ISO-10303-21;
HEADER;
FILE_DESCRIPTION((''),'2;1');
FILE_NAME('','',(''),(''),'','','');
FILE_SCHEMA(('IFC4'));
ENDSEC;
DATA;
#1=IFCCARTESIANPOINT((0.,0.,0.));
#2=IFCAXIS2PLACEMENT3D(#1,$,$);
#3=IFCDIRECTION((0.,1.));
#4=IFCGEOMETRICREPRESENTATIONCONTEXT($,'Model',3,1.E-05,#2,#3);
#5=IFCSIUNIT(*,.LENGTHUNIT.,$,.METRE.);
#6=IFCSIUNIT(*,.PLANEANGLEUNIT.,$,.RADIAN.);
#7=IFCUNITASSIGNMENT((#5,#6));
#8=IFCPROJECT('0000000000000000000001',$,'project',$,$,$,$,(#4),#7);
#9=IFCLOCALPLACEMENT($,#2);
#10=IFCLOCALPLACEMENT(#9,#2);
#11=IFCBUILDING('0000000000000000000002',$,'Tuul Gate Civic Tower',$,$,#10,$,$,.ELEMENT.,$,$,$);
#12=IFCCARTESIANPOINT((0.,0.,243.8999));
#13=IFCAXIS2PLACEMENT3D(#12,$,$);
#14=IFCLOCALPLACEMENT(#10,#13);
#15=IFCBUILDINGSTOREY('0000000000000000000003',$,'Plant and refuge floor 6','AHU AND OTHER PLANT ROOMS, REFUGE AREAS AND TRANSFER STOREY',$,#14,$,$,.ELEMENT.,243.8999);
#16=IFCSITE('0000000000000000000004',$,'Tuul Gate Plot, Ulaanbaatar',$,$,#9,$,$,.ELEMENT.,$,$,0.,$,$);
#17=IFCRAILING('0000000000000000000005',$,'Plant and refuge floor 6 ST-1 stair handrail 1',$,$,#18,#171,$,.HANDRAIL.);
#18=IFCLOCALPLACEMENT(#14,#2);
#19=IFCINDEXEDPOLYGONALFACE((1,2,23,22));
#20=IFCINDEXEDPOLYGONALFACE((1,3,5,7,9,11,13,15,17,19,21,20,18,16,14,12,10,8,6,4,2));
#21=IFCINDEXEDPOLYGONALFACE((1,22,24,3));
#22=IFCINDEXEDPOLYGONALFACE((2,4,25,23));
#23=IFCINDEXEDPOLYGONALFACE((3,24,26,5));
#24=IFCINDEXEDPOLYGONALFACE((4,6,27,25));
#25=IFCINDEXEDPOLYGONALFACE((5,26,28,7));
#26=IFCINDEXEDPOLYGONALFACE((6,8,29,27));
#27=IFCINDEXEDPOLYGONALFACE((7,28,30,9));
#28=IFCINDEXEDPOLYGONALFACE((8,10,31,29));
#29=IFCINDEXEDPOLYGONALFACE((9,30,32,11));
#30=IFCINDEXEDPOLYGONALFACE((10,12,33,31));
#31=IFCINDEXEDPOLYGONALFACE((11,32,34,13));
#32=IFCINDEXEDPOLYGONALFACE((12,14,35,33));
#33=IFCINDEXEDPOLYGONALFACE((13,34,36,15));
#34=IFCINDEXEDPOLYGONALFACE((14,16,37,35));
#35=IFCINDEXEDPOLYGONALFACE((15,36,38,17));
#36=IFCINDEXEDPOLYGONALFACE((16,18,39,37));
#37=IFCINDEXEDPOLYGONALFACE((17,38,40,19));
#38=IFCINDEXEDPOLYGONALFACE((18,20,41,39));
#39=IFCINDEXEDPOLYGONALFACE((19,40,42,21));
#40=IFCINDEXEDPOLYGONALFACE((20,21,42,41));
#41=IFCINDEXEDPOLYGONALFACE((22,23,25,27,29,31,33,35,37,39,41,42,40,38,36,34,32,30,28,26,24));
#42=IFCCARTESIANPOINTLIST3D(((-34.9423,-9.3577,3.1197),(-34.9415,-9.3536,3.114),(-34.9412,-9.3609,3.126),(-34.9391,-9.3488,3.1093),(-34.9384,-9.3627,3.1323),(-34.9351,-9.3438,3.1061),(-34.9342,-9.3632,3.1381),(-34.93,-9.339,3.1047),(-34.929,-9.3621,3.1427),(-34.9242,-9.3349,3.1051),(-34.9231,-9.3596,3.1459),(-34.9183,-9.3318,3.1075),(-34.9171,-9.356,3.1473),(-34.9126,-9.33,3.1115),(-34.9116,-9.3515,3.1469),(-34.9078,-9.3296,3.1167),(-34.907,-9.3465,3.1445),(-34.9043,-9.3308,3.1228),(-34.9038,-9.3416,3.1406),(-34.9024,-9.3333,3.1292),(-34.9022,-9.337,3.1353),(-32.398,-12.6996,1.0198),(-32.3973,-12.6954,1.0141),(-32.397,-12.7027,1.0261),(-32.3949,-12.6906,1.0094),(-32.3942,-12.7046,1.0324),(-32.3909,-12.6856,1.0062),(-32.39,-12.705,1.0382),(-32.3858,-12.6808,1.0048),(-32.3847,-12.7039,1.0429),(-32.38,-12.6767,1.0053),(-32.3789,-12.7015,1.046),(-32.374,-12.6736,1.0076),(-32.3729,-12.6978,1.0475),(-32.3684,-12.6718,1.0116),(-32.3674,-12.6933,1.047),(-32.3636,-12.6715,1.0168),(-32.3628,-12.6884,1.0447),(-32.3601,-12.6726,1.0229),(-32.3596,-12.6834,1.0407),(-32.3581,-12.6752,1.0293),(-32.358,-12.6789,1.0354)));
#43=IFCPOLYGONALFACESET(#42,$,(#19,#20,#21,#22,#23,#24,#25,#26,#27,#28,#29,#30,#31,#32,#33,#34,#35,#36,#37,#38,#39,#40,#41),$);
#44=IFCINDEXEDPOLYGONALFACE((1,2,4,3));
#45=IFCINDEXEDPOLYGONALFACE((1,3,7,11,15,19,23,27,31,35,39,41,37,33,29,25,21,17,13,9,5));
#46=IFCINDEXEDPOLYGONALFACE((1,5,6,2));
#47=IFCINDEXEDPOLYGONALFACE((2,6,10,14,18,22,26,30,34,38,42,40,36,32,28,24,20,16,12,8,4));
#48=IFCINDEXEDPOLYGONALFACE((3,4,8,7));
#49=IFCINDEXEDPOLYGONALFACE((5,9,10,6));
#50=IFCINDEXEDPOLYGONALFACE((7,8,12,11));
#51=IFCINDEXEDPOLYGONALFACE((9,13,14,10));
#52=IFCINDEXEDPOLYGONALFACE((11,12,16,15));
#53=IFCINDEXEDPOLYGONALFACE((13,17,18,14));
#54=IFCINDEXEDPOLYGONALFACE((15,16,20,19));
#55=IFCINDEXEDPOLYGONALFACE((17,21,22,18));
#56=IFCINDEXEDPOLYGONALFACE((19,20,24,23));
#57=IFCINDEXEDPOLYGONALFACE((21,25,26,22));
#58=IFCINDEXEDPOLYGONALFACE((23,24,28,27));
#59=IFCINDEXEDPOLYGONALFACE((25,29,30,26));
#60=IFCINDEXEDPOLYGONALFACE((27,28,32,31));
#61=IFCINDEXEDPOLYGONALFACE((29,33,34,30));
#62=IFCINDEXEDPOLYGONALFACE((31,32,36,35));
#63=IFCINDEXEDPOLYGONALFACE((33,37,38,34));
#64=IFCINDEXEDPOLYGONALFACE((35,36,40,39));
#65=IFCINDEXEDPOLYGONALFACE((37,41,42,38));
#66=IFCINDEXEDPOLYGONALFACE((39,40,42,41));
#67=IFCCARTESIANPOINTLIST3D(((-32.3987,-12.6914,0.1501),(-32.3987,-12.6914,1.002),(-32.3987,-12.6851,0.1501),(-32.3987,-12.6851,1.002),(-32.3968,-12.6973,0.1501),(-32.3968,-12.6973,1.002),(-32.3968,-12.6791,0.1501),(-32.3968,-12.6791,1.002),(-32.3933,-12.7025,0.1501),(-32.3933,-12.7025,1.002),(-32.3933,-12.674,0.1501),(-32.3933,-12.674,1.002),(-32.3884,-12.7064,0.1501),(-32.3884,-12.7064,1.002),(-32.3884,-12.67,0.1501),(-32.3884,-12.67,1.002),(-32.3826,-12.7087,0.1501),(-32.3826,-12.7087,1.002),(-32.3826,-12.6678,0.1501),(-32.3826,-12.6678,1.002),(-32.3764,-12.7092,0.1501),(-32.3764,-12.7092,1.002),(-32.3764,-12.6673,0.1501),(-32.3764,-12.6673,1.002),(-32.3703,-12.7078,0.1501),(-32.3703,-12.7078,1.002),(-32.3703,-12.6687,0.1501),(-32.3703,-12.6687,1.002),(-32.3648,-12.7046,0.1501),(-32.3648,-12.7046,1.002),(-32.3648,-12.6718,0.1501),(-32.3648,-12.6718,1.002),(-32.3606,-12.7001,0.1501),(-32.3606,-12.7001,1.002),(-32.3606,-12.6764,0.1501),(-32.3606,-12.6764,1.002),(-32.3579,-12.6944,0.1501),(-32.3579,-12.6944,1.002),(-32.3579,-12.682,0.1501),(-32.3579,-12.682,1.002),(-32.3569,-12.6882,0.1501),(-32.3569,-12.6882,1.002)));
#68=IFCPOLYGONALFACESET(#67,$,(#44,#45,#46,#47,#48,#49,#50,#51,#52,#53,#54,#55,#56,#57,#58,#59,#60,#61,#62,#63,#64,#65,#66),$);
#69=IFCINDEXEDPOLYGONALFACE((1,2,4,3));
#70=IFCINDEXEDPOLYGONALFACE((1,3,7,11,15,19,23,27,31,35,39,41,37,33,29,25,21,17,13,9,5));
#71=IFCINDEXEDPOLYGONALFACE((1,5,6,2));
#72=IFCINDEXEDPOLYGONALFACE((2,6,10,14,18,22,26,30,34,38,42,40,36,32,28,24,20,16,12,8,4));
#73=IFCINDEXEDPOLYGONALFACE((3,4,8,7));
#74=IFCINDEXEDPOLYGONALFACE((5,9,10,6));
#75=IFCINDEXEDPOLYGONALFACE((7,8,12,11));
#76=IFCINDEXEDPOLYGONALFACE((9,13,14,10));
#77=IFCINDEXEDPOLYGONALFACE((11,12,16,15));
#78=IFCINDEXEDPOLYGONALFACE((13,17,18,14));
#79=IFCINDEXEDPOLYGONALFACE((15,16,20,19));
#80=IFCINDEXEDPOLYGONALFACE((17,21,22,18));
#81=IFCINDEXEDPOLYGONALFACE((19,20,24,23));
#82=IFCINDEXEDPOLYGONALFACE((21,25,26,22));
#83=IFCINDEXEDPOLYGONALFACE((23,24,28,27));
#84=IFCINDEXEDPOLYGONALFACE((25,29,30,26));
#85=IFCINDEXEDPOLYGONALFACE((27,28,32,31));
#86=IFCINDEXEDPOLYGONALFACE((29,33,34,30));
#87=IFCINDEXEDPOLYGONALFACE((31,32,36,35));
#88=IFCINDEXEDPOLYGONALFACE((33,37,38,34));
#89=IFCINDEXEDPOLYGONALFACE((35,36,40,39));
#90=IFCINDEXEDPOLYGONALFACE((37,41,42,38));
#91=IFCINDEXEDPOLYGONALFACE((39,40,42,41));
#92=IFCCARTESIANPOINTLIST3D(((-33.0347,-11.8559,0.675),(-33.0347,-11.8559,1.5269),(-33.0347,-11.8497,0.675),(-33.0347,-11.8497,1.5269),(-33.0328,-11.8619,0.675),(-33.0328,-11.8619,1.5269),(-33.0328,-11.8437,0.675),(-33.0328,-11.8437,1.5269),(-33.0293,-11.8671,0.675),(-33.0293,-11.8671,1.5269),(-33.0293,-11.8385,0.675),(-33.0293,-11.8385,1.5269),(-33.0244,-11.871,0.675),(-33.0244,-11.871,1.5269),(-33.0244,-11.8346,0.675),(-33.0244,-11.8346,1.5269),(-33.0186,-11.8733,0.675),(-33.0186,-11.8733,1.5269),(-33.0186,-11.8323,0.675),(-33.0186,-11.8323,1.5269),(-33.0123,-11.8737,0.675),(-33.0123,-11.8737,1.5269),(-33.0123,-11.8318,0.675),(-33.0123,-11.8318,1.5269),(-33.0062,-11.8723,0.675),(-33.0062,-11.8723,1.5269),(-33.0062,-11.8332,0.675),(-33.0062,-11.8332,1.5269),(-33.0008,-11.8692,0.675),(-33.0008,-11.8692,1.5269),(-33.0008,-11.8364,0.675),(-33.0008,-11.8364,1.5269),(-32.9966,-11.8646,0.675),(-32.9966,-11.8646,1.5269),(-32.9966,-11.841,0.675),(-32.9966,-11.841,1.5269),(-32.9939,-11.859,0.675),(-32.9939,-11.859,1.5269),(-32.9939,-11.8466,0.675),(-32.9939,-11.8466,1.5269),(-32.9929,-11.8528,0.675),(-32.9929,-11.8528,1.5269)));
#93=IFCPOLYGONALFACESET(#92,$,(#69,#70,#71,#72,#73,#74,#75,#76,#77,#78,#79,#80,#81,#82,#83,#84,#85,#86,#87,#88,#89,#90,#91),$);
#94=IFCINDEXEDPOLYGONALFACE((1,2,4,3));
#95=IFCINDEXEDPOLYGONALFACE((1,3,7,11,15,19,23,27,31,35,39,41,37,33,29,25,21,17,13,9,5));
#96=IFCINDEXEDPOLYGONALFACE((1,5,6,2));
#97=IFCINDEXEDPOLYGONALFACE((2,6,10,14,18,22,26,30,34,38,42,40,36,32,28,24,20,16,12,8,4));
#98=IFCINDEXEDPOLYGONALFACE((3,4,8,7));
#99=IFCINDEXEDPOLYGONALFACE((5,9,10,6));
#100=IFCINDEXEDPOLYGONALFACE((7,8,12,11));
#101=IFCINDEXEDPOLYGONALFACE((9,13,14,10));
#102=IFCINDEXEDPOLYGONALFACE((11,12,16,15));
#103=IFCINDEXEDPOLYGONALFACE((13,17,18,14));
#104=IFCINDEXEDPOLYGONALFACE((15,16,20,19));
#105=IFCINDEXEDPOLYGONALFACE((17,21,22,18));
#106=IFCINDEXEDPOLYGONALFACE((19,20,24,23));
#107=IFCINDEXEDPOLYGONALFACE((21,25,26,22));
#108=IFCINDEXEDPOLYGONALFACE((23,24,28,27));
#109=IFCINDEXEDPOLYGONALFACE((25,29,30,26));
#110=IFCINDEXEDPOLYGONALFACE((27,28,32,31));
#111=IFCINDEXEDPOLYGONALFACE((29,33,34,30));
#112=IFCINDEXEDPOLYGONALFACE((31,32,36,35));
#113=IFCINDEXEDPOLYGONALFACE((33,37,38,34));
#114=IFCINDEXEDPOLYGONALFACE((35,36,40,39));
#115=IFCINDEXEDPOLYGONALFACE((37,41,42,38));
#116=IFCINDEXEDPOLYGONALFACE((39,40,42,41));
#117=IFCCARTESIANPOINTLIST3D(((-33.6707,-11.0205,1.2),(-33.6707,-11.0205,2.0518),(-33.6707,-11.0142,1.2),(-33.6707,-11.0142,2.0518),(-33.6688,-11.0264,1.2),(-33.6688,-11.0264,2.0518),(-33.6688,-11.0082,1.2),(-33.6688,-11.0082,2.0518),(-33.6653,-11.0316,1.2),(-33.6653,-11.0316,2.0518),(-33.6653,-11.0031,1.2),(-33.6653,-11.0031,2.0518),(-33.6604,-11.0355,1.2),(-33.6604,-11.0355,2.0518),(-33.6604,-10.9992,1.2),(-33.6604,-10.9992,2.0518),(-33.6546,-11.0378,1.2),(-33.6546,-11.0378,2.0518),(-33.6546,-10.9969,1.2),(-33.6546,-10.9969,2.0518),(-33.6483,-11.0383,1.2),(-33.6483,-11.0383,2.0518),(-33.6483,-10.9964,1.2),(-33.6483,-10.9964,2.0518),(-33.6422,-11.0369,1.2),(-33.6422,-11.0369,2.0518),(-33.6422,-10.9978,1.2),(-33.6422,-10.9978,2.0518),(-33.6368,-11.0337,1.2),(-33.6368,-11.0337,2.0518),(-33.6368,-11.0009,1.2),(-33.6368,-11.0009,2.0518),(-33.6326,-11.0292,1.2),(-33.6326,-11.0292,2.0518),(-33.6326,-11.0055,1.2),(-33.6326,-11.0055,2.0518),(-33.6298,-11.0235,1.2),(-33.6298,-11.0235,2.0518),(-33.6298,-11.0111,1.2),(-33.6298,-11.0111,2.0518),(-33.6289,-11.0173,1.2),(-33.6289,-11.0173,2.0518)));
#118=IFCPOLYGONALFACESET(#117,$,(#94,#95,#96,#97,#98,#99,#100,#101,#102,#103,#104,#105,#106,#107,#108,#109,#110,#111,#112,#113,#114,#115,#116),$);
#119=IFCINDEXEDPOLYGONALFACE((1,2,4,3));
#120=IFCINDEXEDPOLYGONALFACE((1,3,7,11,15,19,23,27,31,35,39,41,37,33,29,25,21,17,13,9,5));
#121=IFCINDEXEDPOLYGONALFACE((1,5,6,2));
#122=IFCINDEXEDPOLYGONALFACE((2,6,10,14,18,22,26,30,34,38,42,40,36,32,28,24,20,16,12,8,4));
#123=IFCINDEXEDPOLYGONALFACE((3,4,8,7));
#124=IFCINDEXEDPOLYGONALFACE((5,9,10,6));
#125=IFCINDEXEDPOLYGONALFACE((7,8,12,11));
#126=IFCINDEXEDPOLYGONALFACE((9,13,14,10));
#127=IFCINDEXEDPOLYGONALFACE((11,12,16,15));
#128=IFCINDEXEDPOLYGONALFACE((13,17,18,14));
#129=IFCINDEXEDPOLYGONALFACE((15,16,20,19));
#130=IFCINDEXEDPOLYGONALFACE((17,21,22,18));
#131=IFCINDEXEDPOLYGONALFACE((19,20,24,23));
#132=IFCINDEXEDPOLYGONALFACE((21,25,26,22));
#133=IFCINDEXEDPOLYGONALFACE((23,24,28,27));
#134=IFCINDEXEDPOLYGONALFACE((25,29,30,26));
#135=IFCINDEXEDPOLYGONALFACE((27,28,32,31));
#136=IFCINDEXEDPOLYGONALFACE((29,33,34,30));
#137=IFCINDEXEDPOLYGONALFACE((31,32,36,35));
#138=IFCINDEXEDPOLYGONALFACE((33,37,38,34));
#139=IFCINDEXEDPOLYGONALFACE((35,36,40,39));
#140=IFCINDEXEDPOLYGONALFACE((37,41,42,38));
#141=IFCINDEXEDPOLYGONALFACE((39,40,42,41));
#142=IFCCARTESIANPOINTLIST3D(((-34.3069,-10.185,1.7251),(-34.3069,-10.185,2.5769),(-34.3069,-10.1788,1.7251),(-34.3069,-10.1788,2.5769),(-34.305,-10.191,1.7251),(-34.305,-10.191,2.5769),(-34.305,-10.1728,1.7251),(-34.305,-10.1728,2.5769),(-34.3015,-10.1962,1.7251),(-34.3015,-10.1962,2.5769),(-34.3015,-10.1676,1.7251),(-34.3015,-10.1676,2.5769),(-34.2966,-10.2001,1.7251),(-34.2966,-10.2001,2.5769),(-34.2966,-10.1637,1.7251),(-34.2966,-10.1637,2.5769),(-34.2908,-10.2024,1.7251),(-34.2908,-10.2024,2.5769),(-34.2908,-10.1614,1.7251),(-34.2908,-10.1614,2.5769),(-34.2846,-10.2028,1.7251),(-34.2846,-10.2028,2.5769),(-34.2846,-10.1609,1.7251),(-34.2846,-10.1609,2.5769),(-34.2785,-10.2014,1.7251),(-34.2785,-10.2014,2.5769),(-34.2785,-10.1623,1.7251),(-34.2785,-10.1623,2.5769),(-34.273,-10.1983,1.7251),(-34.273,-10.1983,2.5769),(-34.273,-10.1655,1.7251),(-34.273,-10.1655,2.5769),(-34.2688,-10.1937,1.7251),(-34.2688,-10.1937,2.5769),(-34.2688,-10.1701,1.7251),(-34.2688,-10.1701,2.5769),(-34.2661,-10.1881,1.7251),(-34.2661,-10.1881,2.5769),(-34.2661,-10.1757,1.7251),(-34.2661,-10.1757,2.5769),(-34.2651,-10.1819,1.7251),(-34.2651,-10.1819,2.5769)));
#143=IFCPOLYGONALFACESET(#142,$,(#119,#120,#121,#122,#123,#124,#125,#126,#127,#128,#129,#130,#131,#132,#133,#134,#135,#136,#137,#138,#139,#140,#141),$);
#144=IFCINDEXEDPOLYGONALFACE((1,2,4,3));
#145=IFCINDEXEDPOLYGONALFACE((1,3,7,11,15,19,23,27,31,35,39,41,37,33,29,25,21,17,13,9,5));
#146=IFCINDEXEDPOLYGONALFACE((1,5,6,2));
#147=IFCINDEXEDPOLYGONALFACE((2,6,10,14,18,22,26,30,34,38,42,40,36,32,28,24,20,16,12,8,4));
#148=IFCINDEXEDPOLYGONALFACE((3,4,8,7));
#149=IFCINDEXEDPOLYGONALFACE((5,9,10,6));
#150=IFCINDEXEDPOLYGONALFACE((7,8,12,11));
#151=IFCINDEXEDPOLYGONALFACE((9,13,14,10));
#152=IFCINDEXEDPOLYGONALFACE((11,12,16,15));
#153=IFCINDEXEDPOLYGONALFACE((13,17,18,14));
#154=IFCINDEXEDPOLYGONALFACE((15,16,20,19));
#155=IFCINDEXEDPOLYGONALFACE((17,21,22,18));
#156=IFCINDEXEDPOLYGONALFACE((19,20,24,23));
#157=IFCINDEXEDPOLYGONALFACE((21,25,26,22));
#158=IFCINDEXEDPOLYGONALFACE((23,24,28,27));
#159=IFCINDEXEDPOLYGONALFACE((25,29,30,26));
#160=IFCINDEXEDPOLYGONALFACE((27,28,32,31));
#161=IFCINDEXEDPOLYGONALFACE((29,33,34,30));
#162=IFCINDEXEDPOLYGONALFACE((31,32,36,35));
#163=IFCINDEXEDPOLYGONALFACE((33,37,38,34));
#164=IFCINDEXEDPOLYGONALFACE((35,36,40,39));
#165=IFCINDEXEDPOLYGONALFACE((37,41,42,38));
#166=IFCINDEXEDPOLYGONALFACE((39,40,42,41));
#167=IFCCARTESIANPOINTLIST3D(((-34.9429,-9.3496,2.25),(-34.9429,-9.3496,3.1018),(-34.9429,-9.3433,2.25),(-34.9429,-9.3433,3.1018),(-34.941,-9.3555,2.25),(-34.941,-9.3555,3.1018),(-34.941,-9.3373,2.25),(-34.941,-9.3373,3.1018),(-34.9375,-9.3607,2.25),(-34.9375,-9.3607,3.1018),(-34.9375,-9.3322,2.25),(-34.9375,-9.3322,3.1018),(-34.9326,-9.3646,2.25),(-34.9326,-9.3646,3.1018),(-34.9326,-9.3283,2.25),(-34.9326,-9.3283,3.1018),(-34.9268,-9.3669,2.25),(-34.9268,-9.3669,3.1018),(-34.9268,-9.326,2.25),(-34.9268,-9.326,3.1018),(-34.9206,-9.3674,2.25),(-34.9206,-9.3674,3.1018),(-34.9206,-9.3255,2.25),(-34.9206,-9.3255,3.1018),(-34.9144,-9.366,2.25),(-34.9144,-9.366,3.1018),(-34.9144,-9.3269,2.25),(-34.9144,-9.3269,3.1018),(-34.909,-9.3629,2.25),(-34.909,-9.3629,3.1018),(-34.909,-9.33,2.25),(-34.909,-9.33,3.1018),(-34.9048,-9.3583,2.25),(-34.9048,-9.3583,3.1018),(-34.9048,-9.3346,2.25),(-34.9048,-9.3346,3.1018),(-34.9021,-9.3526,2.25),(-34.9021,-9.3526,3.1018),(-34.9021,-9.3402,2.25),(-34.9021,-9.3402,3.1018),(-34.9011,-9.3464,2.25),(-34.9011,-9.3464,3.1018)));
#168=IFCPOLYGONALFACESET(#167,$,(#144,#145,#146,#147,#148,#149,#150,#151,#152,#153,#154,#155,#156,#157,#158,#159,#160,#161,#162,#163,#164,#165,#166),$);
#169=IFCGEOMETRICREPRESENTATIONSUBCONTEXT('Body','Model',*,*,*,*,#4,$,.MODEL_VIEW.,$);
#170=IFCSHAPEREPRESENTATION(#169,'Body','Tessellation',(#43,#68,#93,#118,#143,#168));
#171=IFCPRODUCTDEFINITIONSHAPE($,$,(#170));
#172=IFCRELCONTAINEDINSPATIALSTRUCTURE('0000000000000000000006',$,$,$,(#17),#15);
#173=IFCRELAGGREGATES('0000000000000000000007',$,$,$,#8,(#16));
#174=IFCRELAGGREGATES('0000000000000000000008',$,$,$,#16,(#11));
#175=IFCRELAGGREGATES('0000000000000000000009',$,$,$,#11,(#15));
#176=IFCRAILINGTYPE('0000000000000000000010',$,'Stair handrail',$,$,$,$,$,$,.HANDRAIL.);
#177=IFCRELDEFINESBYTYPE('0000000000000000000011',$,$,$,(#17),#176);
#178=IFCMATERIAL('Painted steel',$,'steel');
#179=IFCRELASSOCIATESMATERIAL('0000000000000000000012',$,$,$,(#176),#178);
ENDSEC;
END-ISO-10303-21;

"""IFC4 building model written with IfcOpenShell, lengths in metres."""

from ifc_helpers import new_model, si_unit, direction, frame, origin, origin_2d, place, context, subcontext, project, spatial, circle, extrude, material, type_object, element, save


model = new_model("IFC4")

# Units and contexts
model_context = context("Model", 3, precision=1e-05, world=origin(), true_north=direction((0.0, 1.0)))
body_context = subcontext(model_context, "Body", "Model", "MODEL_VIEW")
ifc_project = project(units=[si_unit("LENGTHUNIT", "METRE"), si_unit("PLANEANGLEUNIT", "RADIAN")], contexts=[model_context])

# Site, building, storey
site_placement = place(None, origin())
site = spatial("IfcSite", under=ifc_project, at=site_placement, Name="Tuul Gate Plot, Ulaanbaatar", CompositionType="ELEMENT", RefElevation=0.0)
building_placement = place(site_placement, origin())
building = spatial("IfcBuilding", under=site, at=building_placement, Name="Tuul Gate Civic Tower", CompositionType="ELEMENT")
storey_placement = place(building_placement, frame((0.0, 0.0, 243.8999)))
storey = spatial("IfcBuildingStorey", under=building, at=storey_placement, Name="Plant and refuge floor 6", Description="AHU AND OTHER PLANT ROOMS, REFUGE AREAS AND TRANSFER STOREY", CompositionType="ELEMENT", Elevation=243.8999)

# Railing
ifc_material_1 = material(Name="Painted steel", Category="steel")
railing_type_1 = type_object("IfcRailingType", Name="Stair handrail", PredefinedType="HANDRAIL", material=ifc_material_1)
railing_1_placement = place(storey_placement, frame((-32.3779, -12.6882, 0.1501)))
element("IfcRailing", 1, at=railing_1_placement, inside=storey, type_object=railing_type_1, Name="Plant and refuge floor 6 ST-1 stair handrail 1", PredefinedType="HANDRAIL", context=body_context, shape_type="SweptSolid", body=[
    extrude(circle(Radius=0.0239, at=origin_2d()), frame((0.0, 0.0, 0.876), z_axis=(-0.541809, 0.711667, 0.447184), x_axis=(-0.795655, -0.605751, 0.0)), (0.0, 0.0, 1.0), 4.6958),
    extrude(circle(Radius=0.021, at=origin_2d()), origin(), (0.0, 0.0, 1.0), 0.8518),
    extrude(circle(Radius=0.021, at=origin_2d()), frame((-0.636, 0.8354, 0.5249)), (0.0, 0.0, 1.0), 0.8518),
    extrude(circle(Radius=0.021, at=origin_2d()), frame((-1.272, 1.6709, 1.0498)), (0.0, 0.0, 1.0), 0.8518),
    extrude(circle(Radius=0.021, at=origin_2d()), frame((-1.9082, 2.5063, 1.575)), (0.0, 0.0, 1.0), 0.8518),
    extrude(circle(Radius=0.021, at=origin_2d()), frame((-2.5442, 3.3418, 2.0999)), (0.0, 0.0, 1.0), 0.8518),
])

save(model, "model.ifc")
